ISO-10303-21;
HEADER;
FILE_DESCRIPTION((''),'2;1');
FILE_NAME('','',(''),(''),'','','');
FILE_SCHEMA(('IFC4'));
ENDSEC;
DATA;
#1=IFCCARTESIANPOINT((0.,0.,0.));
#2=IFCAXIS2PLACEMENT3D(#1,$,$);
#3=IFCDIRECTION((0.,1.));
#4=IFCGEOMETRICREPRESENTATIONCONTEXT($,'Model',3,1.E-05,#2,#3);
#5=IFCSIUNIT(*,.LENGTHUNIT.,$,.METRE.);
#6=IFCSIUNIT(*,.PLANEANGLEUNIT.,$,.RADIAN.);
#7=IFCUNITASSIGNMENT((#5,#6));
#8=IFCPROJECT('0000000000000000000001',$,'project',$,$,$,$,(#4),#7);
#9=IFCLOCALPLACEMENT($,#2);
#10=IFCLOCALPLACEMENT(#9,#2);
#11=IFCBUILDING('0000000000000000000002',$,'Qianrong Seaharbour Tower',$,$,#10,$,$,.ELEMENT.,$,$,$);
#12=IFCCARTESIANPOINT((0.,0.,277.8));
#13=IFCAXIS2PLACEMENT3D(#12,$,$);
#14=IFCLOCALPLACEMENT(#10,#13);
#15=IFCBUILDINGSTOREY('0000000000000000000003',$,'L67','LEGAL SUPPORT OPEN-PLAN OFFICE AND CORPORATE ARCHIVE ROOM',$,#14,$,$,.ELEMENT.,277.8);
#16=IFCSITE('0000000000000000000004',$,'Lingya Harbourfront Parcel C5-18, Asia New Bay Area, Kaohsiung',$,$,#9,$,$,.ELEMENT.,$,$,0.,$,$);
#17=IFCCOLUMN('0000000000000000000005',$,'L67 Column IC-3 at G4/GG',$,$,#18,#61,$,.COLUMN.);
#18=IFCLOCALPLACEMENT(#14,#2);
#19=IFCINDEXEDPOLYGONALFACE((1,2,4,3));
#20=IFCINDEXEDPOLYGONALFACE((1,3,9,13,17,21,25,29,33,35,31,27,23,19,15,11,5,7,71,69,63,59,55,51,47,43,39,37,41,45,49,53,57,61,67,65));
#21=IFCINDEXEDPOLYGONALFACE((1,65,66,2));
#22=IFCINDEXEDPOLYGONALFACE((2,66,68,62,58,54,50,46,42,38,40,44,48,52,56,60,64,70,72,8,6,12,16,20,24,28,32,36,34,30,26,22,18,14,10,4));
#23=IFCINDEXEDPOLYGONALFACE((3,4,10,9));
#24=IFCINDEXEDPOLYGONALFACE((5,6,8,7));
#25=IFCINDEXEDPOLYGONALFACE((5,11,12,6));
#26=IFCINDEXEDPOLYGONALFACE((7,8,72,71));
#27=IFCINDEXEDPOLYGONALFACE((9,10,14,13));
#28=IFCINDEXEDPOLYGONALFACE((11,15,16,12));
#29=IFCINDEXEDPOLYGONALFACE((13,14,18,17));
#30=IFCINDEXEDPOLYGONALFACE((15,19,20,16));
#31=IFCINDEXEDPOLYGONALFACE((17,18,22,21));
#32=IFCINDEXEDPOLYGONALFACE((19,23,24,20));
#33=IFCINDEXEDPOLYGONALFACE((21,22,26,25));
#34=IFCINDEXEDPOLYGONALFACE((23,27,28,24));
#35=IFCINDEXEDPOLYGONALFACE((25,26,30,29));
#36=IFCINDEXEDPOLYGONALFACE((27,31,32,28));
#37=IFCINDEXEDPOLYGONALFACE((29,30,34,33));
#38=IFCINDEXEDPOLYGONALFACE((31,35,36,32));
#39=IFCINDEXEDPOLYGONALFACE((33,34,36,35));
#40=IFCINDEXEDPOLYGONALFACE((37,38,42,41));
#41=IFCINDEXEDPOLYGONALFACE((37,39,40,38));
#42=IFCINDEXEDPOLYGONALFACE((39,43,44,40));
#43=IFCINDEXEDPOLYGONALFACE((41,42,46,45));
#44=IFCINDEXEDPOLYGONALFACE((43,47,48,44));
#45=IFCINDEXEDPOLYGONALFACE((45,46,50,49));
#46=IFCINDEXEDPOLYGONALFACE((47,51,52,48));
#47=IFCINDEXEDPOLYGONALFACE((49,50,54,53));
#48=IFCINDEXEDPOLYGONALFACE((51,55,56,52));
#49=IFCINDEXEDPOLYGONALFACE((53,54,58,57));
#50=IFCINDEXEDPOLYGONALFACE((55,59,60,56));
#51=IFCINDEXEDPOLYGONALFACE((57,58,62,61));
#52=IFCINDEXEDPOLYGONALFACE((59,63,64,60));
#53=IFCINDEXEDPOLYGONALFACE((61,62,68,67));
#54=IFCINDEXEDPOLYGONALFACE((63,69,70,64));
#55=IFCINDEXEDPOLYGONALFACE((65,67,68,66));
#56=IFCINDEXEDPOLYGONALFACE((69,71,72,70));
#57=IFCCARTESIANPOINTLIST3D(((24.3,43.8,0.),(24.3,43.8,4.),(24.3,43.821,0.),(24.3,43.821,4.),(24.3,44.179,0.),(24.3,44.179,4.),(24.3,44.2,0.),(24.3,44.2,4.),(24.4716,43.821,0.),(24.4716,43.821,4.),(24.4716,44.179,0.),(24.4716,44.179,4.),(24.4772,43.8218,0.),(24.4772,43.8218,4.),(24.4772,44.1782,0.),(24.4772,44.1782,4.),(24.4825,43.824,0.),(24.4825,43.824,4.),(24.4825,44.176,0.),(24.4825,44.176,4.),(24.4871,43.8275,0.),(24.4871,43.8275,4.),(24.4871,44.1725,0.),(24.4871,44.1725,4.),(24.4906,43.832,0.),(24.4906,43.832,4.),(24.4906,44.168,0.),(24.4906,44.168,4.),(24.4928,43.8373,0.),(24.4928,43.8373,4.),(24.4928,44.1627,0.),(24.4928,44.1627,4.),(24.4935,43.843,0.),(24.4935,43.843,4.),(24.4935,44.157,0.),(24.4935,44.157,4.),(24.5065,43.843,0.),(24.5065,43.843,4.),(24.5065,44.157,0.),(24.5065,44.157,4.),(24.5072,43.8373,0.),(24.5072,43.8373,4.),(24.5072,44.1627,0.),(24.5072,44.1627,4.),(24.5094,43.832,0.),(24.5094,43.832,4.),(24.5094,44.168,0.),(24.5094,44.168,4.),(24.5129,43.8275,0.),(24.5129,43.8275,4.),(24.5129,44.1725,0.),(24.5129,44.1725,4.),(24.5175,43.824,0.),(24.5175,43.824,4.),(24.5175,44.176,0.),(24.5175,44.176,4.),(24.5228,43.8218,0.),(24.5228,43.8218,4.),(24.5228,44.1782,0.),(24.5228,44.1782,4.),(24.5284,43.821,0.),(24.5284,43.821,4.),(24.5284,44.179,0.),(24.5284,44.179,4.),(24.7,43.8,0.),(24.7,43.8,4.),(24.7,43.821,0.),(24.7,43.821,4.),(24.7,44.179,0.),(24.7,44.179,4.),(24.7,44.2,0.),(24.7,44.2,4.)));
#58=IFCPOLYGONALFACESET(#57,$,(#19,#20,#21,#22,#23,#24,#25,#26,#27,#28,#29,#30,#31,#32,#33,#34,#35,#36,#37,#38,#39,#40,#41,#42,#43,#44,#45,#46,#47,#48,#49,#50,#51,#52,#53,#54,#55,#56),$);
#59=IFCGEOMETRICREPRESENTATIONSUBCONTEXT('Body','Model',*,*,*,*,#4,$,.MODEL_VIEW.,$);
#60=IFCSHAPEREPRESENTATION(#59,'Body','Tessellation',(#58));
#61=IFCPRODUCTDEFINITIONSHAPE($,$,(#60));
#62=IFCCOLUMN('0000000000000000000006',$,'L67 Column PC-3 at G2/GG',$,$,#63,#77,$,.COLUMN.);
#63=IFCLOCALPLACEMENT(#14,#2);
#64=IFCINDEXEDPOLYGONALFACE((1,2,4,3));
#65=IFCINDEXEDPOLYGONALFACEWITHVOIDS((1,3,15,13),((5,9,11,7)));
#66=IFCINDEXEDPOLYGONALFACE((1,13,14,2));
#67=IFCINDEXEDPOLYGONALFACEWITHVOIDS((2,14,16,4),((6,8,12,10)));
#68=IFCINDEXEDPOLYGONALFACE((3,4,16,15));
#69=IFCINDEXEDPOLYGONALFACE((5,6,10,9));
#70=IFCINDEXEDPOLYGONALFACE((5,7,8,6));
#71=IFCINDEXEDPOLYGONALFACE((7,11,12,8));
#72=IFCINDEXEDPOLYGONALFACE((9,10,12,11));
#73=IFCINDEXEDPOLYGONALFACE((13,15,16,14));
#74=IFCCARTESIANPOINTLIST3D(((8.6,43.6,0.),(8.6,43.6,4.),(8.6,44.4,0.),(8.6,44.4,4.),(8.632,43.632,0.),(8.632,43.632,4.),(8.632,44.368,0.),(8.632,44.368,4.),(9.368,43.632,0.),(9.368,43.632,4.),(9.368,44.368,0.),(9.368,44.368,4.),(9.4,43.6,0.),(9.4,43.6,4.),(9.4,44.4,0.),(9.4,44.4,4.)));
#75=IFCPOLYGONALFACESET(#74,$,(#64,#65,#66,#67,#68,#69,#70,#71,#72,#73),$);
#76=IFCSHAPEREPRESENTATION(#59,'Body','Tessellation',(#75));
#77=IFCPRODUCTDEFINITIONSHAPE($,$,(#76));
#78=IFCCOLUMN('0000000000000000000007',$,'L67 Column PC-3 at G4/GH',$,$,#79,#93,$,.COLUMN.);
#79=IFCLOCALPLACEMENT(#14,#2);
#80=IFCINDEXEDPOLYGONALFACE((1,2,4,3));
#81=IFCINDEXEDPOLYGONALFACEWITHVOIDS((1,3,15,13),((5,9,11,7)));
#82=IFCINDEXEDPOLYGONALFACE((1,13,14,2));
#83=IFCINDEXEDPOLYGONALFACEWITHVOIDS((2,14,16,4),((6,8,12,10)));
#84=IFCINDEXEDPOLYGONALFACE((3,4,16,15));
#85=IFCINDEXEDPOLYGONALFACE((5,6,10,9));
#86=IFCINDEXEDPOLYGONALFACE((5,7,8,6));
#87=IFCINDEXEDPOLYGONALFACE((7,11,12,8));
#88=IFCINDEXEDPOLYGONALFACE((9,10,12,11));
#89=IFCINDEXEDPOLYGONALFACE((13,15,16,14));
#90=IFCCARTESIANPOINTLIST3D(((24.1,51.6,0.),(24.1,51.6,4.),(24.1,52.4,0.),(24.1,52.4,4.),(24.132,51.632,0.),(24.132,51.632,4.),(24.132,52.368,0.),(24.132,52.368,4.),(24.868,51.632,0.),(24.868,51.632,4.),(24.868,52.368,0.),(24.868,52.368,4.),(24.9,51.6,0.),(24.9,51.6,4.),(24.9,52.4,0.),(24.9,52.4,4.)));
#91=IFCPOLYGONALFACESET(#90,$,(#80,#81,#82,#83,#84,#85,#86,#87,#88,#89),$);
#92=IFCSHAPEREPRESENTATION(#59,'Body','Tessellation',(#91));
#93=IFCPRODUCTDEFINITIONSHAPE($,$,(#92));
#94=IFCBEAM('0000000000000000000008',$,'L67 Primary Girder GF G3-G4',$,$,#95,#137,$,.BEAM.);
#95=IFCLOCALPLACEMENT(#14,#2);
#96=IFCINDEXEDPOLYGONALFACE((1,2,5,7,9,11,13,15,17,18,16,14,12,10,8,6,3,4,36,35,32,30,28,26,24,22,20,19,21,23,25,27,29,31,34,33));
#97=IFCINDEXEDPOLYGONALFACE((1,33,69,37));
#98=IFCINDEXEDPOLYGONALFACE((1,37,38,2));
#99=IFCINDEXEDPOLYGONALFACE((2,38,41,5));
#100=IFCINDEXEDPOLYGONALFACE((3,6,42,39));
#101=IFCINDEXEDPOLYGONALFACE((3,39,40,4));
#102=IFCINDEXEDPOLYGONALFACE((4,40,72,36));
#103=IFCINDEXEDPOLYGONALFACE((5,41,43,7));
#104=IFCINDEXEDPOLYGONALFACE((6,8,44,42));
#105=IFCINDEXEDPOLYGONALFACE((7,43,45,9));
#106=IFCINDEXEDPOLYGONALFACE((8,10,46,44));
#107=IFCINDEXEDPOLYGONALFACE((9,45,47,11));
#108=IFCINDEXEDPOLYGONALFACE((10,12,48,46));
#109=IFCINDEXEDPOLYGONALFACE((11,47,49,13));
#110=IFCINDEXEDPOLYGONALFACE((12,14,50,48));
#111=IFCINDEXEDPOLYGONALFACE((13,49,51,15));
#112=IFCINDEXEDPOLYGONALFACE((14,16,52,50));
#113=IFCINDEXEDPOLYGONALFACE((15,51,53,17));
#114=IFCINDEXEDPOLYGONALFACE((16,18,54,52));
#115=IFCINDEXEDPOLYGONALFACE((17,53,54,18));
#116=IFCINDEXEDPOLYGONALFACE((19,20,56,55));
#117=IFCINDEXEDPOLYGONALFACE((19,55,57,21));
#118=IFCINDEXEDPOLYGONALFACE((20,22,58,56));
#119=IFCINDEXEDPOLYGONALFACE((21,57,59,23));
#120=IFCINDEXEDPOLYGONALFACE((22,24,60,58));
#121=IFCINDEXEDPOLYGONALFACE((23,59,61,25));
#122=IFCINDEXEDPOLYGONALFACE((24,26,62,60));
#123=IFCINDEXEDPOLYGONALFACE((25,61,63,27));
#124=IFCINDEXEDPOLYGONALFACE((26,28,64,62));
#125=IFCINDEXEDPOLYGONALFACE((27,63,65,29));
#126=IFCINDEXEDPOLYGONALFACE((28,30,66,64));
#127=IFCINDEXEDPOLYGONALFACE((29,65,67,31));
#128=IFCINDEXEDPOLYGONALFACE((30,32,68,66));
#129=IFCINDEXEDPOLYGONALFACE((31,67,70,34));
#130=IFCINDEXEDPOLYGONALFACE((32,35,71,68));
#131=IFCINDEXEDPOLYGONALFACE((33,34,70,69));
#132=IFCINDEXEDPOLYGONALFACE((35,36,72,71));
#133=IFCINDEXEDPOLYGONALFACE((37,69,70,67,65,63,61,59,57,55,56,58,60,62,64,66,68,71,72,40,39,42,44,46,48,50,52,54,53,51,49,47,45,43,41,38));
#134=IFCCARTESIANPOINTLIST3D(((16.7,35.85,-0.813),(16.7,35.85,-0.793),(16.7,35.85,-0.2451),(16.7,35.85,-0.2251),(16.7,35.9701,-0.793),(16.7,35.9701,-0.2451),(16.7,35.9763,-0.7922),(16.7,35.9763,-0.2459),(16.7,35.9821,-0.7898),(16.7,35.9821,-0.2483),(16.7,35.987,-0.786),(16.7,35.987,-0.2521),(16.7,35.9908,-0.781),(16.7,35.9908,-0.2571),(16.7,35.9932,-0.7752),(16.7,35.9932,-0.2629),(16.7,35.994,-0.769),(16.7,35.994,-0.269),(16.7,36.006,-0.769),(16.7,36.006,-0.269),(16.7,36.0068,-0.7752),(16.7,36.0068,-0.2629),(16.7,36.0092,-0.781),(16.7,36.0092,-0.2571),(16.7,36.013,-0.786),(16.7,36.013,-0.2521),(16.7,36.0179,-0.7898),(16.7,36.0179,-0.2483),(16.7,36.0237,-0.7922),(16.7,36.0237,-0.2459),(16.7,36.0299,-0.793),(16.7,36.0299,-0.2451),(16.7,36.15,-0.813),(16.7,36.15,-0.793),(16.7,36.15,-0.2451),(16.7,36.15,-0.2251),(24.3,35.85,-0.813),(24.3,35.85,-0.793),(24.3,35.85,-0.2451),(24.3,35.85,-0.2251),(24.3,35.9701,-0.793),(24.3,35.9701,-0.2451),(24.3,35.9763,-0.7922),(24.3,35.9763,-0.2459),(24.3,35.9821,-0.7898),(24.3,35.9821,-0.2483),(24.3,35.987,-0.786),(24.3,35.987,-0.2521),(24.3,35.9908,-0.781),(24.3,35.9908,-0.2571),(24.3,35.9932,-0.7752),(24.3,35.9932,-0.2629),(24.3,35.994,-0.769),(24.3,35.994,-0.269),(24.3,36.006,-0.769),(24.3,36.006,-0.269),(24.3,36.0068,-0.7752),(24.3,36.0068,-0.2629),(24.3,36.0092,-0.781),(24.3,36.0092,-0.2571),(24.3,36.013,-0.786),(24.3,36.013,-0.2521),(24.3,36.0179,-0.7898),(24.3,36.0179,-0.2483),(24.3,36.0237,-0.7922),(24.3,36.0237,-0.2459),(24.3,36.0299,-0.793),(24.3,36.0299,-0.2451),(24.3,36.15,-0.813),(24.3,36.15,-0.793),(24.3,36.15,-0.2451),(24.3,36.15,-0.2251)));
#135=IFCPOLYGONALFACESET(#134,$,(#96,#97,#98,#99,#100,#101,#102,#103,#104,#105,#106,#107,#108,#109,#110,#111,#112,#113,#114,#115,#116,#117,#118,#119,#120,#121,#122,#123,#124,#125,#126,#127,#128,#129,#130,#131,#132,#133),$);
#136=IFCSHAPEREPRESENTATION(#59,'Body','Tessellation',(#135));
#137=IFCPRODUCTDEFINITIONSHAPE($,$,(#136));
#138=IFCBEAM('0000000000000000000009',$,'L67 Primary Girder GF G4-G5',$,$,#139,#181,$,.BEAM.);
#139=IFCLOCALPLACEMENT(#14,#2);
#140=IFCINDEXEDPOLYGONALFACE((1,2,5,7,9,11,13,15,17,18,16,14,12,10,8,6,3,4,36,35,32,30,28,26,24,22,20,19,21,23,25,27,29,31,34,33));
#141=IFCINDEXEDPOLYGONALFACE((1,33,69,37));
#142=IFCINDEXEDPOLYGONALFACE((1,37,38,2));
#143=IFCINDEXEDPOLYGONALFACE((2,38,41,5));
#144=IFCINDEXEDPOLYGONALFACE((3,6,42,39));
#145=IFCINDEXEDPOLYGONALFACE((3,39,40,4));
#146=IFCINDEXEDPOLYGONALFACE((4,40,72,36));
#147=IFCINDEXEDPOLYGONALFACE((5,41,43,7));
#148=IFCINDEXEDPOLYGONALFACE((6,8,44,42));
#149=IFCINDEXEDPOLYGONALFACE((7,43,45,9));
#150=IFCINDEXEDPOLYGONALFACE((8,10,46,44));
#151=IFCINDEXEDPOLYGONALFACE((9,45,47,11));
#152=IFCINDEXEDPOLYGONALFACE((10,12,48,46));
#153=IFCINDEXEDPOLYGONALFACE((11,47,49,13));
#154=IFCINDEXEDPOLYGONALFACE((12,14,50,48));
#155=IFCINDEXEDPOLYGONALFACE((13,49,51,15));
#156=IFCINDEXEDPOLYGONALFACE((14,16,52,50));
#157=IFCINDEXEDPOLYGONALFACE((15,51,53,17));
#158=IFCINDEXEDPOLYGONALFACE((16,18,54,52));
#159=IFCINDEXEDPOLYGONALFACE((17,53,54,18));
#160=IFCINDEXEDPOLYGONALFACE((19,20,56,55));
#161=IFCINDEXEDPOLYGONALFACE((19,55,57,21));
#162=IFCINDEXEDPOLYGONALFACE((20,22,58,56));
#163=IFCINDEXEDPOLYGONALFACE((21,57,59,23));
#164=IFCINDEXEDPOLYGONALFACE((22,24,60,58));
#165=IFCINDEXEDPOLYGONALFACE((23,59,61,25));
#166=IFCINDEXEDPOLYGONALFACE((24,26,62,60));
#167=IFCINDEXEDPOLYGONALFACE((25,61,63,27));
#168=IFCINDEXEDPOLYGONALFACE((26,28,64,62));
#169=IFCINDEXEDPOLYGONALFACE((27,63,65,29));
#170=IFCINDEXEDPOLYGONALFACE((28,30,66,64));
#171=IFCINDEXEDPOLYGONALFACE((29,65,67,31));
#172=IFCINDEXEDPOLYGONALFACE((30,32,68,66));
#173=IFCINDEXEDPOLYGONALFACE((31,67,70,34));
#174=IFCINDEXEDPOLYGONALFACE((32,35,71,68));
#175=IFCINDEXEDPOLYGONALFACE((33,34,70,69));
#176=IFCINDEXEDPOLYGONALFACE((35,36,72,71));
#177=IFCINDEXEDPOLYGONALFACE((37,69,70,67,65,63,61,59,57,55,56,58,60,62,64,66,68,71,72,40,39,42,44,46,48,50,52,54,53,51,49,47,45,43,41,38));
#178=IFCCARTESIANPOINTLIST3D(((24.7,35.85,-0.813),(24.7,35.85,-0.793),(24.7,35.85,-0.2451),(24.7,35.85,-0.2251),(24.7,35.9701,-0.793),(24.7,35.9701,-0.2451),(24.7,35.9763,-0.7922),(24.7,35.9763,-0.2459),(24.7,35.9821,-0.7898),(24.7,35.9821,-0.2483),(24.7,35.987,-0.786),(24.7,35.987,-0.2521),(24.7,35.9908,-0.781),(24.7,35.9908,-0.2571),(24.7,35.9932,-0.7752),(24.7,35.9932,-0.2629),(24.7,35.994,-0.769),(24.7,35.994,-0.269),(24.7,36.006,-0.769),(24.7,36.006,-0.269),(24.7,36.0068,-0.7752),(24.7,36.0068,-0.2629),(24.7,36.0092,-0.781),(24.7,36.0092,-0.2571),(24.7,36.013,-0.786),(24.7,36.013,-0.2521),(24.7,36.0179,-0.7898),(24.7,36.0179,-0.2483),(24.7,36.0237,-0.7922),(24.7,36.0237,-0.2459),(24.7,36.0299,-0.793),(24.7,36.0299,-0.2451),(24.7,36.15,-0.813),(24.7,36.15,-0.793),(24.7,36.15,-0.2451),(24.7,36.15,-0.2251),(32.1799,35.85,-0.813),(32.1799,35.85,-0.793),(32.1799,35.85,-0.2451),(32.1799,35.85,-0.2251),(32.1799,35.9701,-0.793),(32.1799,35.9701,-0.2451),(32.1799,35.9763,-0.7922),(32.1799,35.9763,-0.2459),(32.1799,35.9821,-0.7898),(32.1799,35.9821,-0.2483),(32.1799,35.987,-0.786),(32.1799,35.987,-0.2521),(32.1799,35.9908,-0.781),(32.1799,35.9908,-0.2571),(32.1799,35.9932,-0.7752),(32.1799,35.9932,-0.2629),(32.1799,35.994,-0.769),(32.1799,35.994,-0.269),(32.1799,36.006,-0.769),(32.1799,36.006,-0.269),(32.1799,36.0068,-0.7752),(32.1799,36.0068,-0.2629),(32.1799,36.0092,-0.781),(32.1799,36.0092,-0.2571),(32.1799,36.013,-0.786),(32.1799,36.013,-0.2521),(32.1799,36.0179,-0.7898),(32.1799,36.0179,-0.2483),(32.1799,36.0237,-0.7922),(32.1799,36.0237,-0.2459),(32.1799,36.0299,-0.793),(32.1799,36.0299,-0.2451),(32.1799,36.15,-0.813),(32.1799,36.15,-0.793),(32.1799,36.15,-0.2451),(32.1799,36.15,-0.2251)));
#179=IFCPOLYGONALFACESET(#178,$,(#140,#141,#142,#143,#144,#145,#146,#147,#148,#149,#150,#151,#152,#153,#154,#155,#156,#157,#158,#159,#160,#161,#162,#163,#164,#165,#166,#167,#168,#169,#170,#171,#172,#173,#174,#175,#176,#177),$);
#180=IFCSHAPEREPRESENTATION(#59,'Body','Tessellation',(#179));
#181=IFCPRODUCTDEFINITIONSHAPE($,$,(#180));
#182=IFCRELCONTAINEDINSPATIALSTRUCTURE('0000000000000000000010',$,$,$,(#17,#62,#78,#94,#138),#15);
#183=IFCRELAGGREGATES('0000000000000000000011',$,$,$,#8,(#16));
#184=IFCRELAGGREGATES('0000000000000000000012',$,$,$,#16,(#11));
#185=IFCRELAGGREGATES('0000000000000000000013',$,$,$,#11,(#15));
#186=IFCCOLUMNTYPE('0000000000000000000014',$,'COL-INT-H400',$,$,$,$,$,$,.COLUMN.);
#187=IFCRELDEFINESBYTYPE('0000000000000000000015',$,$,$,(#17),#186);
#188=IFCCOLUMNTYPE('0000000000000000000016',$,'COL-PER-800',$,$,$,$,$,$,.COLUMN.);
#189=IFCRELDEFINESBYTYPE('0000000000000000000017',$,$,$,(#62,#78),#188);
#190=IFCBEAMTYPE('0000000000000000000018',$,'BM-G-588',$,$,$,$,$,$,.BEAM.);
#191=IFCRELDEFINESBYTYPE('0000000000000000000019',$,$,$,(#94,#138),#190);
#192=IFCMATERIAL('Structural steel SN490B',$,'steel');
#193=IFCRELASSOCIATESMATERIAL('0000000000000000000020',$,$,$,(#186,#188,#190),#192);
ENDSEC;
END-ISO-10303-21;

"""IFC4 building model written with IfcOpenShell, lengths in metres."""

from ifc_helpers import new_model, si_unit, direction, frame, origin, origin_2d, place, context, subcontext, project, spatial, hollow_rectangle, i_section, extrude, material, material_profile, profile_set, type_object, element, save


model = new_model("IFC4")

# Units and contexts
model_context = context("Model", 3, precision=1e-05, world=origin(), true_north=direction((0.0, 1.0)))
body_context = subcontext(model_context, "Body", "Model", "MODEL_VIEW")
ifc_project = project(units=[si_unit("LENGTHUNIT", "METRE"), si_unit("PLANEANGLEUNIT", "RADIAN")], contexts=[model_context])

# Site, building, storey
site_placement = place(None, origin())
site = spatial("IfcSite", under=ifc_project, at=site_placement, Name="Lingya Harbourfront Parcel C5-18, Asia New Bay Area, Kaohsiung", CompositionType="ELEMENT", RefElevation=0.0)
building_placement = place(site_placement, origin())
building = spatial("IfcBuilding", under=site, at=building_placement, Name="Qianrong Seaharbour Tower", CompositionType="ELEMENT")
storey_placement = place(building_placement, frame((0.0, 0.0, 277.8)))
storey = spatial("IfcBuildingStorey", under=building, at=storey_placement, Name="L67", Description="LEGAL SUPPORT OPEN-PLAN OFFICE AND CORPORATE ARCHIVE ROOM", CompositionType="ELEMENT", Elevation=277.8)

# Columns
ifc_material_1 = material(Name="Structural steel SN490B", Category="steel")
ifc_material_profile_1 = material_profile(ifc_material_1, i_section(OverallWidth=0.3999, OverallDepth=0.3999, WebThickness=0.0129, FlangeThickness=0.021, FilletRadius=0.022, at=origin_2d()), Name="H400x400x13x21")
ifc_profile_set_1 = profile_set([ifc_material_profile_1], Name="Structural steel SN490B")
column_type_1 = type_object("IfcColumnType", Name="COL-INT-H400", PredefinedType="COLUMN", material=ifc_profile_set_1)
for number, where, z_axis, x_axis, name in (
    (1, (24.5, 44.0, 0.0), (0.0, 0.0, 1.0), (1.0, 0.0, 0.0), "L67 Column IC-3 at G4/GG"),
):
    element("IfcColumn", number, at=place(storey_placement, frame(where, z_axis=z_axis, x_axis=x_axis)), inside=storey, type_object=column_type_1, Name=name, PredefinedType="COLUMN", context=body_context, shape_type="SweptSolid", body=[
        extrude(i_section(OverallWidth=0.3999, OverallDepth=0.3999, WebThickness=0.0129, FlangeThickness=0.021, FilletRadius=0.022, at=origin_2d()), origin(), (0.0, 0.0, 1.0), 4.0),
    ])
ifc_material_profile_2 = material_profile(ifc_material_1, hollow_rectangle(XDim=0.8, YDim=0.8, WallThickness=0.032, at=origin_2d()), Name="BOX800x800x32")
ifc_profile_set_2 = profile_set([ifc_material_profile_2], Name="Structural steel SN490B")
column_type_2 = type_object("IfcColumnType", Name="COL-PER-800", PredefinedType="COLUMN", material=ifc_profile_set_2)
for number, where, z_axis, x_axis, name in (
    (2, (9.0, 44.0, 0.0), (0.0, 0.0, 1.0), (1.0, 0.0, 0.0), "L67 Column PC-3 at G2/GG"),
    (3, (24.5, 52.0, 0.0), (0.0, 0.0, 1.0), (1.0, 0.0, 0.0), "L67 Column PC-3 at G4/GH"),
):
    element("IfcColumn", number, at=place(storey_placement, frame(where, z_axis=z_axis, x_axis=x_axis)), inside=storey, type_object=column_type_2, Name=name, PredefinedType="COLUMN", context=body_context, shape_type="SweptSolid", body=[
        extrude(hollow_rectangle(XDim=0.8, YDim=0.8, WallThickness=0.032, at=origin_2d()), origin(), (0.0, 0.0, 1.0), 4.0),
    ])

# Beams
ifc_material_profile_3 = material_profile(ifc_material_1, i_section(OverallWidth=0.3, OverallDepth=0.5879, WebThickness=0.012, FlangeThickness=0.02, FilletRadius=0.0239, at=origin_2d()), Name="H588x300x12x20")
ifc_profile_set_3 = profile_set([ifc_material_profile_3], Name="Structural steel SN490B")
beam_type_1 = type_object("IfcBeamType", Name="BM-G-588", PredefinedType="BEAM", material=ifc_profile_set_3)
beam_1_placement = place(storey_placement, frame((16.7, 36.0, -0.519), z_axis=(1.0, 0.0, 0.0), x_axis=(0.0, 1.0, 0.0)))
element("IfcBeam", 4, at=beam_1_placement, inside=storey, type_object=beam_type_1, Name="L67 Primary Girder GF G3-G4", PredefinedType="BEAM", context=body_context, shape_type="SweptSolid", body=[
    extrude(i_section(OverallWidth=0.3, OverallDepth=0.5879, WebThickness=0.012, FlangeThickness=0.02, FilletRadius=0.0239, at=origin_2d()), origin(), (0.0, 0.0, 1.0), 7.6001),
])
beam_2_placement = place(storey_placement, frame((24.7, 36.0, -0.519), z_axis=(1.0, 0.0, 0.0), x_axis=(0.0, 1.0, 0.0)))
element("IfcBeam", 5, at=beam_2_placement, inside=storey, type_object=beam_type_1, Name="L67 Primary Girder GF G4-G5", PredefinedType="BEAM", context=body_context, shape_type="SweptSolid", body=[
    extrude(i_section(OverallWidth=0.3, OverallDepth=0.5879, WebThickness=0.012, FlangeThickness=0.02, FilletRadius=0.0239, at=origin_2d()), origin(), (0.0, 0.0, 1.0), 7.48),
])

save(model, "model.ifc")
